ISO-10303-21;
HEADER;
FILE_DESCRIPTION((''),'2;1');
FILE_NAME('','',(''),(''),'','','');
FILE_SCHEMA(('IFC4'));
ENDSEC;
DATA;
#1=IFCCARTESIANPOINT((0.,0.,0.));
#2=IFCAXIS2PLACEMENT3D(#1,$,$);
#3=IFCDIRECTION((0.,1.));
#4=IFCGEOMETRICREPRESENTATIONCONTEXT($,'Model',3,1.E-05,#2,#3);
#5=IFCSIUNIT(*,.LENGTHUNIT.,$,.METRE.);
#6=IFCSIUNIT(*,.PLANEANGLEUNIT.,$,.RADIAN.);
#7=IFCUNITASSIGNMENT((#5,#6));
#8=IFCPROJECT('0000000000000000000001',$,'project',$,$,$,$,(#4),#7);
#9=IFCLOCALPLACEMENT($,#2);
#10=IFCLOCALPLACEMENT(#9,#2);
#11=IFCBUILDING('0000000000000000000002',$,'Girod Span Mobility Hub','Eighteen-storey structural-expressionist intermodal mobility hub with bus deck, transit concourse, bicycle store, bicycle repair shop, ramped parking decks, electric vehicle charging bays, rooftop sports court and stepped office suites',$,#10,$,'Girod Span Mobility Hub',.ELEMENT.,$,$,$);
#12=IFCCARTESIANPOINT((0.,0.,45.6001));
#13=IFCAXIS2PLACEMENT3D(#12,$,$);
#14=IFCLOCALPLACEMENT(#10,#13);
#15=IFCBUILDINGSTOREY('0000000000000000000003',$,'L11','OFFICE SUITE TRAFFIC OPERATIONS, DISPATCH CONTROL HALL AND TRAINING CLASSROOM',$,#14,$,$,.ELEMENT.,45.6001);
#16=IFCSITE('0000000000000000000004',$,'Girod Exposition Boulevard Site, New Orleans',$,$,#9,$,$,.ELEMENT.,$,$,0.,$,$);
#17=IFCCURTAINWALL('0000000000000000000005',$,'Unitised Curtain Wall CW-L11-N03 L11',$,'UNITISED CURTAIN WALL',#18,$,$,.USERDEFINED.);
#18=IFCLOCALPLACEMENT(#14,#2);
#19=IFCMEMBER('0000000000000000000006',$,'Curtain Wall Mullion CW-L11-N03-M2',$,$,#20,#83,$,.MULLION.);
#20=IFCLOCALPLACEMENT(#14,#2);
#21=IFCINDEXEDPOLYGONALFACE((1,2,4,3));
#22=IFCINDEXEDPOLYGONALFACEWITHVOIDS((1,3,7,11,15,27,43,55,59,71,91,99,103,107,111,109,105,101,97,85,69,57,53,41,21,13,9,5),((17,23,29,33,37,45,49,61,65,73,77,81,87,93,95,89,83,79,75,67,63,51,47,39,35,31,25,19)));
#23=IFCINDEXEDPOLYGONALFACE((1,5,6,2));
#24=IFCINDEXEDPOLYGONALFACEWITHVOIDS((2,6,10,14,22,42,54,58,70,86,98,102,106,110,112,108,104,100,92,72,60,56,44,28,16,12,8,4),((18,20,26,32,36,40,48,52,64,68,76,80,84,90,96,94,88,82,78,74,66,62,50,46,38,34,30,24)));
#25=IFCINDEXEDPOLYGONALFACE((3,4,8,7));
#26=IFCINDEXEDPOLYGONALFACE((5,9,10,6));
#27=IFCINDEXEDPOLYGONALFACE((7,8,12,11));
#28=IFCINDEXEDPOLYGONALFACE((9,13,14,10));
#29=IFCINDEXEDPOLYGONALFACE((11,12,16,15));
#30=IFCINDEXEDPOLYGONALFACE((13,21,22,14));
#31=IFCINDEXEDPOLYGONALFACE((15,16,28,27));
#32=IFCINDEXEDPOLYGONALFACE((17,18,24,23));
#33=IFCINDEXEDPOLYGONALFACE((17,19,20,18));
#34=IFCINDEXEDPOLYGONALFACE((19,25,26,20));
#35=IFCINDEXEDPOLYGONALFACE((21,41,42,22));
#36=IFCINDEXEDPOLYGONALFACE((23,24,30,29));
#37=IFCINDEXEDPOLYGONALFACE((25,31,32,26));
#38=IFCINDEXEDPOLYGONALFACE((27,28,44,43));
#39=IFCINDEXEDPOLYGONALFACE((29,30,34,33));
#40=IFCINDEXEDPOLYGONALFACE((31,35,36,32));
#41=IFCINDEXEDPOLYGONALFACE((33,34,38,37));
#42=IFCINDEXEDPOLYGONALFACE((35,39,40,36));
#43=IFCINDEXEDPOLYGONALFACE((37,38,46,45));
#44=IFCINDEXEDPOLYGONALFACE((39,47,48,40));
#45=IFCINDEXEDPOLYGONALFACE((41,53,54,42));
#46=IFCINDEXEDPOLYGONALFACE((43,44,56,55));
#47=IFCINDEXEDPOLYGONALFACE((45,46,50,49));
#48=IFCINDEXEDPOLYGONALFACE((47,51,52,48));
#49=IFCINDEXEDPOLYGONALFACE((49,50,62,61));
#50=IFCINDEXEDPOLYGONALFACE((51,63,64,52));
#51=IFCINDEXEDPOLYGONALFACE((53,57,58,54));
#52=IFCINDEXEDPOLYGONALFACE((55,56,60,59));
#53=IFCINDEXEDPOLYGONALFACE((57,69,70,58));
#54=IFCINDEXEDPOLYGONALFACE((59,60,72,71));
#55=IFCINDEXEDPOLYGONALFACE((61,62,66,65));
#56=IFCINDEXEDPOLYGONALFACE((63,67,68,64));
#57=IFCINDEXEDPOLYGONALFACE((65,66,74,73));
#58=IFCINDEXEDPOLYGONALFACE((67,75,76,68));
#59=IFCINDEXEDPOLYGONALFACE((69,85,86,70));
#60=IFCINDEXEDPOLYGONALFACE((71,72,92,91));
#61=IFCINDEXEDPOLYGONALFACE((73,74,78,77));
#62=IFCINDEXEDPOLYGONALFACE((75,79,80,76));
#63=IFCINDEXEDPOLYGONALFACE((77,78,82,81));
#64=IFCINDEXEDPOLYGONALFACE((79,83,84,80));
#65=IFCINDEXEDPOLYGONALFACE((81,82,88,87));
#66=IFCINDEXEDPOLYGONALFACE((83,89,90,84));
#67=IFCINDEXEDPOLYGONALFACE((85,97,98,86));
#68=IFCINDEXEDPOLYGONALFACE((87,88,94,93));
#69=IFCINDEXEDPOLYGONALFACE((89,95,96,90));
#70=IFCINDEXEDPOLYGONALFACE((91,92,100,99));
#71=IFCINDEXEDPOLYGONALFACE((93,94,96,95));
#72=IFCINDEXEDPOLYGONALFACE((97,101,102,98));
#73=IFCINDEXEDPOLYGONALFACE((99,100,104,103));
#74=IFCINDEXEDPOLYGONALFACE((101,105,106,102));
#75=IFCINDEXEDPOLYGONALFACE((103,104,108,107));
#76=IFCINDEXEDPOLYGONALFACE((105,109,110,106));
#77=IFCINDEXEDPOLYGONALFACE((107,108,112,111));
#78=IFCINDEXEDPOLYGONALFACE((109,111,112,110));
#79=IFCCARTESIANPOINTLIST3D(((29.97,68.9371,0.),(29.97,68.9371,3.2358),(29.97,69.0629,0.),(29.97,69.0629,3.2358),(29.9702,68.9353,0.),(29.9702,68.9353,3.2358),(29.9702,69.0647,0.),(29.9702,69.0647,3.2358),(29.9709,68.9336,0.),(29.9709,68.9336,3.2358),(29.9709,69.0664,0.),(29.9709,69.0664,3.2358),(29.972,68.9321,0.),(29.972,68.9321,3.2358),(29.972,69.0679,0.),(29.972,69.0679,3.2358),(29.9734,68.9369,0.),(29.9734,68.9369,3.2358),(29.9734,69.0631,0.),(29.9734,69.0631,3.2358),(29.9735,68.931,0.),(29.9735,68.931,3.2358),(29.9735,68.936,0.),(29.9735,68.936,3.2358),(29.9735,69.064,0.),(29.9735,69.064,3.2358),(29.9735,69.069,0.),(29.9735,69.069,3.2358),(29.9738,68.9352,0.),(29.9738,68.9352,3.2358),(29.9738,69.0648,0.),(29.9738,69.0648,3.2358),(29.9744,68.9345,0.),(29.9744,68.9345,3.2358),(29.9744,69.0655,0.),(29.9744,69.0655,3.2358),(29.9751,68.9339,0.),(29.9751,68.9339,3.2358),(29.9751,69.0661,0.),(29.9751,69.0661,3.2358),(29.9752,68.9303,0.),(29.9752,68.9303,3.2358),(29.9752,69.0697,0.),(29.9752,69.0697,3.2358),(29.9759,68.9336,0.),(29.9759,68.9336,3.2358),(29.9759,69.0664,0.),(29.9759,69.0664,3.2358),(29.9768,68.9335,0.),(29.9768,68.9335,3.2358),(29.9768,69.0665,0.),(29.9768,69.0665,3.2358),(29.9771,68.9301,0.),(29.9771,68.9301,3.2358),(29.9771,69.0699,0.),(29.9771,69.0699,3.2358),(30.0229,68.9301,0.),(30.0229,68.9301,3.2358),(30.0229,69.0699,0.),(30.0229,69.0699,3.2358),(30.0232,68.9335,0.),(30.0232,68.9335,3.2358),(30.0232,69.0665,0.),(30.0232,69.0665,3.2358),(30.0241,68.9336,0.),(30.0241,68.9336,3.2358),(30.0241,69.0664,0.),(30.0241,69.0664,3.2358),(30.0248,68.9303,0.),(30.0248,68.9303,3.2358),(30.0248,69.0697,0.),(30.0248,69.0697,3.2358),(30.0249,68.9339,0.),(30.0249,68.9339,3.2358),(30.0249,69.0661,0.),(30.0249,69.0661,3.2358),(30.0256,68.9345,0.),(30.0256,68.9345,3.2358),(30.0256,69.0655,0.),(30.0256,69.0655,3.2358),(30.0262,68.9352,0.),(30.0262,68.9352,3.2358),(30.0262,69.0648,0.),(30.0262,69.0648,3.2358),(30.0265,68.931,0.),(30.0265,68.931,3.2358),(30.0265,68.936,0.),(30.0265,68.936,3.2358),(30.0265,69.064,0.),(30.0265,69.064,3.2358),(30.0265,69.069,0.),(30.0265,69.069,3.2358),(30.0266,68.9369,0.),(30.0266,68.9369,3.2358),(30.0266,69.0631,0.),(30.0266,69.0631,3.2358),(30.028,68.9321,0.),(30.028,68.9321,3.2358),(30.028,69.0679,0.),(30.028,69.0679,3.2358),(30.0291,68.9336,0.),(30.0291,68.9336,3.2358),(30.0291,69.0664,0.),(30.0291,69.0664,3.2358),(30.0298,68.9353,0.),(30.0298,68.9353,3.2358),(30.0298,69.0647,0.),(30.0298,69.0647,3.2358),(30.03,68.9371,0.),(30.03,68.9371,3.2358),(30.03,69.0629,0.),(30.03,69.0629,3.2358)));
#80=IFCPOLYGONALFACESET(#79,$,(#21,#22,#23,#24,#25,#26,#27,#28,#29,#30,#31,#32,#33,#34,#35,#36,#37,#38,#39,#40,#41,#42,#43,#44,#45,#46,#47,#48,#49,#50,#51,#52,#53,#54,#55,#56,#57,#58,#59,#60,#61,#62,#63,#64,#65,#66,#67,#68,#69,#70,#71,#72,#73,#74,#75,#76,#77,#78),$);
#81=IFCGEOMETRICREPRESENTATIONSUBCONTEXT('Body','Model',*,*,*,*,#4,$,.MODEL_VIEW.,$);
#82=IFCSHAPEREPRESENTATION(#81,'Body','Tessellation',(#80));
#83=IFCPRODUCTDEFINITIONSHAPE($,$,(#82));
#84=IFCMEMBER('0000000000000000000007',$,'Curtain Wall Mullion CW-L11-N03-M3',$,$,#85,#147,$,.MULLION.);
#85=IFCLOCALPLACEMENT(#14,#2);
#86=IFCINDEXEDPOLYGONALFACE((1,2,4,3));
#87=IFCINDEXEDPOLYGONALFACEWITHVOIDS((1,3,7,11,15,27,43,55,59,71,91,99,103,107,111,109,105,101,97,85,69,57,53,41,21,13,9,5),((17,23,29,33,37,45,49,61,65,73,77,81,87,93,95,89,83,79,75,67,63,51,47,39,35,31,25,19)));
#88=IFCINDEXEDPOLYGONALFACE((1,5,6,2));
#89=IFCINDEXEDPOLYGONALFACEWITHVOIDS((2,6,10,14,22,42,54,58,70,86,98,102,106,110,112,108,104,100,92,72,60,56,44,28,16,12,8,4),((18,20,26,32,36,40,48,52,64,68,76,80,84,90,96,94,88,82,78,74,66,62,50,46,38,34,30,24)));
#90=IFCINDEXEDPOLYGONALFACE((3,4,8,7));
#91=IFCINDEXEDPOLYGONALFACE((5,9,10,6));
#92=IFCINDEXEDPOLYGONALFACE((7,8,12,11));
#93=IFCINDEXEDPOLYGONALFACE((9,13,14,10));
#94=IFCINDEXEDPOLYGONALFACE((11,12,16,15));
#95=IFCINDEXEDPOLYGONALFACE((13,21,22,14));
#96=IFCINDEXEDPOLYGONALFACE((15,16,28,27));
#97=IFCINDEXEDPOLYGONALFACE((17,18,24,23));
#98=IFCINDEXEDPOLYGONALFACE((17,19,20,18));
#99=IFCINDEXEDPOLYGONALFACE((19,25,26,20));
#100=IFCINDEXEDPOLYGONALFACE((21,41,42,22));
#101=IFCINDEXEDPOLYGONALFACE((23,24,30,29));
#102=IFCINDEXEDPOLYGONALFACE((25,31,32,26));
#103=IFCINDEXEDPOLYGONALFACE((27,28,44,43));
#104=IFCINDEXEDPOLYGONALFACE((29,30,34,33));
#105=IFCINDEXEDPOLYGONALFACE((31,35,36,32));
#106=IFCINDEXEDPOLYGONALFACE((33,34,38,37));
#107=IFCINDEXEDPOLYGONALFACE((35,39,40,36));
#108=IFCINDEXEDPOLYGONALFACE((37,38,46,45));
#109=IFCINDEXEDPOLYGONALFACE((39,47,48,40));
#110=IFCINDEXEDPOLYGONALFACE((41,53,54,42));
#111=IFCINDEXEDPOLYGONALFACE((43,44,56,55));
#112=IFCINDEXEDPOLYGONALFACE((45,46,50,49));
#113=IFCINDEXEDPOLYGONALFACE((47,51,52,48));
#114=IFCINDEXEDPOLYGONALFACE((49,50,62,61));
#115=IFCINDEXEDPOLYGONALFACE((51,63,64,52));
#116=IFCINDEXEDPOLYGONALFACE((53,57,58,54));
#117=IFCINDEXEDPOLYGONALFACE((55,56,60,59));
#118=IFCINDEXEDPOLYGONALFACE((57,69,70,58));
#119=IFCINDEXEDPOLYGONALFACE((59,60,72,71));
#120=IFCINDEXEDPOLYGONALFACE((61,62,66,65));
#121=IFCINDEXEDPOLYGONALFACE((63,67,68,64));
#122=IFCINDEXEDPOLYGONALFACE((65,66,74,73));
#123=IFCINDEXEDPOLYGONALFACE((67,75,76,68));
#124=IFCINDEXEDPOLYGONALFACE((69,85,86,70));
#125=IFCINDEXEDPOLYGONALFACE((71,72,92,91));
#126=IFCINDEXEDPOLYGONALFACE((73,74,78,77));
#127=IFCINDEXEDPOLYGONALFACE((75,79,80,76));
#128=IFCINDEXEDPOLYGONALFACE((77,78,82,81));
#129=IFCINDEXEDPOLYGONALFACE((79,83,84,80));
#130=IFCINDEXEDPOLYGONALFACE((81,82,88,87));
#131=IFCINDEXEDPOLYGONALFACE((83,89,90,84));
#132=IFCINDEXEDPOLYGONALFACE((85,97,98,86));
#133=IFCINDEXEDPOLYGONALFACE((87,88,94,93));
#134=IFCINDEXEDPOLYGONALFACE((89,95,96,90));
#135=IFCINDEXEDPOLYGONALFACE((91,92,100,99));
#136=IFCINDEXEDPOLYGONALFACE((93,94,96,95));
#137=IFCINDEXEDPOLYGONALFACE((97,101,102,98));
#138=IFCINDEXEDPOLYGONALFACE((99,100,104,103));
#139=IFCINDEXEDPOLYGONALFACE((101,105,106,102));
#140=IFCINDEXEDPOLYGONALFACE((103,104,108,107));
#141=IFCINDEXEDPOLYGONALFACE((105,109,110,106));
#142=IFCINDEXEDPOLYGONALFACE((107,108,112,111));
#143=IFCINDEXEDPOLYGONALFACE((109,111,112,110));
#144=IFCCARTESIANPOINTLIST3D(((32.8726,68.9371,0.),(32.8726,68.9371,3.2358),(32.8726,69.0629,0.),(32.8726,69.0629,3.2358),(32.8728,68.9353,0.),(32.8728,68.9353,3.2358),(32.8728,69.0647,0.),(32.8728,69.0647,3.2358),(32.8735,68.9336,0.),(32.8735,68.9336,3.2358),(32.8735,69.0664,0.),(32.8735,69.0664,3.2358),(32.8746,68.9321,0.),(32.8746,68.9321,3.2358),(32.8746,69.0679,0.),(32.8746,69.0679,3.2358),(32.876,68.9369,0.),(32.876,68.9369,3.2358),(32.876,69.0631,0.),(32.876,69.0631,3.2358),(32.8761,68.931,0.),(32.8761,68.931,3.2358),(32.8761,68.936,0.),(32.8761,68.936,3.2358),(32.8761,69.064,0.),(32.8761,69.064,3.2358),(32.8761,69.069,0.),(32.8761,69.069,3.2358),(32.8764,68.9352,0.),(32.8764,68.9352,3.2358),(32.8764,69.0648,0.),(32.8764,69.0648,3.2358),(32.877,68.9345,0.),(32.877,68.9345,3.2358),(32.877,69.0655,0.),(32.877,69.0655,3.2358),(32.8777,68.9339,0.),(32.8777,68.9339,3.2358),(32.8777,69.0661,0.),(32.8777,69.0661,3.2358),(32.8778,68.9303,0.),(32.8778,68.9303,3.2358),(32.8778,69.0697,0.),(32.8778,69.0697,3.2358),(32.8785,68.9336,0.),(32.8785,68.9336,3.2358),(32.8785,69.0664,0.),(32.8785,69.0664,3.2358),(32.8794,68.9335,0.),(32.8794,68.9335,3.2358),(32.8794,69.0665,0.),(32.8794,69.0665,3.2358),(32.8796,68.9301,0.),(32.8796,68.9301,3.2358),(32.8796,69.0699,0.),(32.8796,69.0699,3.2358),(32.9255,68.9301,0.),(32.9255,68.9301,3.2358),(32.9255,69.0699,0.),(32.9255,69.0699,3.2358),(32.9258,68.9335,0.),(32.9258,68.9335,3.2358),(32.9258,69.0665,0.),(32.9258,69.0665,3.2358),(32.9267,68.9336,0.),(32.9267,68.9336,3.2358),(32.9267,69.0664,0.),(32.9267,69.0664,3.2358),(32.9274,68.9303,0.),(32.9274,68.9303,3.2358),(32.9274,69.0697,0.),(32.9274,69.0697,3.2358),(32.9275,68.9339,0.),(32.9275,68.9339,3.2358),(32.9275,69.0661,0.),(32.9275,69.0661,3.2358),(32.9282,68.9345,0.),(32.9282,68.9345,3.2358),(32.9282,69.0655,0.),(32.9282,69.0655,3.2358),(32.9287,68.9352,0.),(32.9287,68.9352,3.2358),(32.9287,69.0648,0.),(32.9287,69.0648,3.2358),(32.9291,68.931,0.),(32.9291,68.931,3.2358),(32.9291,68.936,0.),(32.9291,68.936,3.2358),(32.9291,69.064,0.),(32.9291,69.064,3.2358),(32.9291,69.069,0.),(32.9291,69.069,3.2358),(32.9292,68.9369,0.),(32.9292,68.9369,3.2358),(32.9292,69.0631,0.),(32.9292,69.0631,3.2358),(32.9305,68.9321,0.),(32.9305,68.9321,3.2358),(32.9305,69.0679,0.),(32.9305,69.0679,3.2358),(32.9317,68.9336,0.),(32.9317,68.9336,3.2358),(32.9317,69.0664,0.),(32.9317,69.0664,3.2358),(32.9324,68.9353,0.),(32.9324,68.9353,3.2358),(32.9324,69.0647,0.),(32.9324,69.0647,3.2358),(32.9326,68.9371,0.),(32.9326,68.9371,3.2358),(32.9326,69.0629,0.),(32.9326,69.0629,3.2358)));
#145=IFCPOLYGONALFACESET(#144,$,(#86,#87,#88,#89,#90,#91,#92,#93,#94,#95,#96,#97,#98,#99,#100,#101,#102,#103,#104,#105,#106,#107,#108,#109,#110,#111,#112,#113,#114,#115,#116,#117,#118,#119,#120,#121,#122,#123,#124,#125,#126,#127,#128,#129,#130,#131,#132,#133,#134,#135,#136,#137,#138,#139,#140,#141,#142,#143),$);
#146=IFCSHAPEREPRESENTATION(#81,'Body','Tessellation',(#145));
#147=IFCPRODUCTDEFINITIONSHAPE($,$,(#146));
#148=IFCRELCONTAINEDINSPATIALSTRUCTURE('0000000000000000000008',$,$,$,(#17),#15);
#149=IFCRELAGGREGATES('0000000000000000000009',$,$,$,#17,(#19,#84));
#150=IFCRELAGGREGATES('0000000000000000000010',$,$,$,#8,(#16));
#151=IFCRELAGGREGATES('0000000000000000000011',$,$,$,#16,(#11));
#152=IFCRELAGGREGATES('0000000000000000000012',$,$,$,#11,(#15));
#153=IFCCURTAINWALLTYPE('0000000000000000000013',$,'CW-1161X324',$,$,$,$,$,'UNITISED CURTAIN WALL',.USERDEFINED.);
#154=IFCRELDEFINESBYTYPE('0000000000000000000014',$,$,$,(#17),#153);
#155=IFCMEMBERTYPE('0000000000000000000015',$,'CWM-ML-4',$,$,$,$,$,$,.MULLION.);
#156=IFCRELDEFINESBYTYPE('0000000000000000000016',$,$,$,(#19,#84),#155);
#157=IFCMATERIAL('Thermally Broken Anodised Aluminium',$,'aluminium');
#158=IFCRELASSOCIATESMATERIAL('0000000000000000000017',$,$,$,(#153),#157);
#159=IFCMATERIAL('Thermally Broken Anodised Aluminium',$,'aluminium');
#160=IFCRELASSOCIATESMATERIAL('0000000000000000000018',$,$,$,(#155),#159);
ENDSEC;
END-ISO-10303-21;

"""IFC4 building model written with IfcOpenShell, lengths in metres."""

from ifc_helpers import new_model, si_unit, direction, frame, origin, origin_2d, place, context, subcontext, project, spatial, hollow_rectangle, extrude, material, material_profile, profile_set, type_object, element, aggregate, save


model = new_model("IFC4")

# Units and contexts
model_context = context("Model", 3, precision=1e-05, world=origin(), true_north=direction((0.0, 1.0)))
body_context = subcontext(model_context, "Body", "Model", "MODEL_VIEW")
ifc_project = project(units=[si_unit("LENGTHUNIT", "METRE"), si_unit("PLANEANGLEUNIT", "RADIAN")], contexts=[model_context])

# Site, building, storey
site_placement = place(None, origin())
site = spatial("IfcSite", under=ifc_project, at=site_placement, Name="Girod Exposition Boulevard Site, New Orleans", CompositionType="ELEMENT", RefElevation=0.0)
building_placement = place(site_placement, origin())
building = spatial("IfcBuilding", under=site, at=building_placement, Name="Girod Span Mobility Hub", Description="Eighteen-storey structural-expressionist intermodal mobility hub with bus deck, transit concourse, bicycle store, bicycle repair shop, ramped parking decks, electric vehicle charging bays, rooftop sports court and stepped office suites", LongName="Girod Span Mobility Hub", CompositionType="ELEMENT")
storey_placement = place(building_placement, frame((0.0, 0.0, 45.6001)))
storey = spatial("IfcBuildingStorey", under=building, at=storey_placement, Name="L11", Description="OFFICE SUITE TRAFFIC OPERATIONS, DISPATCH CONTROL HALL AND TRAINING CLASSROOM", CompositionType="ELEMENT", Elevation=45.6001)

# Curtain wall, members
ifc_material_1 = material(Name="Thermally Broken Anodised Aluminium", Category="aluminium")
curtain_wall_type = type_object("IfcCurtainWallType", Name="CW-1161X324", ElementType="UNITISED CURTAIN WALL", PredefinedType="USERDEFINED", material=ifc_material_1)
curtain_wall_placement = place(storey_placement, origin())
curtain_wall = element("IfcCurtainWall", 1, at=curtain_wall_placement, inside=storey, type_object=curtain_wall_type, Name="Unitised Curtain Wall CW-L11-N03 L11", ObjectType="UNITISED CURTAIN WALL", PredefinedType="USERDEFINED")
ifc_material_2 = material(Name="Thermally Broken Anodised Aluminium", Category="aluminium")
ifc_material_profile_1 = material_profile(ifc_material_2, hollow_rectangle(XDim=0.1399, YDim=0.0601, WallThickness=0.0034, InnerFilletRadius=0.0034, OuterFilletRadius=0.0071, at=origin_2d()), Name="CW-ML-60X140")
ifc_profile_set_1 = profile_set([ifc_material_profile_1], Name="Thermally Broken Anodised Aluminium")
member_type_1 = type_object("IfcMemberType", Name="CWM-ML-4", PredefinedType="MULLION", material=ifc_profile_set_1)
member_1_placement = place(storey_placement, frame((30.0, 69.0, 0.0), z_axis=(0.0, 0.0, 1.0), x_axis=(0.0, 1.0, 0.0)))
member_1 = element("IfcMember", 2, at=member_1_placement, type_object=member_type_1, Name="Curtain Wall Mullion CW-L11-N03-M2", PredefinedType="MULLION", context=body_context, shape_type="SweptSolid", body=[
    extrude(hollow_rectangle(XDim=0.1399, YDim=0.0601, WallThickness=0.0034, InnerFilletRadius=0.0034, OuterFilletRadius=0.0071, at=origin_2d()), origin(), (0.0, 0.0, 1.0), 3.2358),
])
member_2_placement = place(storey_placement, frame((32.9026, 69.0, 0.0), z_axis=(0.0, 0.0, 1.0), x_axis=(0.0, 1.0, 0.0)))
member_2 = element("IfcMember", 3, at=member_2_placement, type_object=member_type_1, Name="Curtain Wall Mullion CW-L11-N03-M3", PredefinedType="MULLION", context=body_context, shape_type="SweptSolid", body=[
    extrude(hollow_rectangle(XDim=0.1399, YDim=0.0601, WallThickness=0.0034, InnerFilletRadius=0.0034, OuterFilletRadius=0.0071, at=origin_2d()), origin(), (0.0, 0.0, 1.0), 3.2358),
])

aggregate(curtain_wall, [member_1, member_2])

save(model, "model.ifc")
